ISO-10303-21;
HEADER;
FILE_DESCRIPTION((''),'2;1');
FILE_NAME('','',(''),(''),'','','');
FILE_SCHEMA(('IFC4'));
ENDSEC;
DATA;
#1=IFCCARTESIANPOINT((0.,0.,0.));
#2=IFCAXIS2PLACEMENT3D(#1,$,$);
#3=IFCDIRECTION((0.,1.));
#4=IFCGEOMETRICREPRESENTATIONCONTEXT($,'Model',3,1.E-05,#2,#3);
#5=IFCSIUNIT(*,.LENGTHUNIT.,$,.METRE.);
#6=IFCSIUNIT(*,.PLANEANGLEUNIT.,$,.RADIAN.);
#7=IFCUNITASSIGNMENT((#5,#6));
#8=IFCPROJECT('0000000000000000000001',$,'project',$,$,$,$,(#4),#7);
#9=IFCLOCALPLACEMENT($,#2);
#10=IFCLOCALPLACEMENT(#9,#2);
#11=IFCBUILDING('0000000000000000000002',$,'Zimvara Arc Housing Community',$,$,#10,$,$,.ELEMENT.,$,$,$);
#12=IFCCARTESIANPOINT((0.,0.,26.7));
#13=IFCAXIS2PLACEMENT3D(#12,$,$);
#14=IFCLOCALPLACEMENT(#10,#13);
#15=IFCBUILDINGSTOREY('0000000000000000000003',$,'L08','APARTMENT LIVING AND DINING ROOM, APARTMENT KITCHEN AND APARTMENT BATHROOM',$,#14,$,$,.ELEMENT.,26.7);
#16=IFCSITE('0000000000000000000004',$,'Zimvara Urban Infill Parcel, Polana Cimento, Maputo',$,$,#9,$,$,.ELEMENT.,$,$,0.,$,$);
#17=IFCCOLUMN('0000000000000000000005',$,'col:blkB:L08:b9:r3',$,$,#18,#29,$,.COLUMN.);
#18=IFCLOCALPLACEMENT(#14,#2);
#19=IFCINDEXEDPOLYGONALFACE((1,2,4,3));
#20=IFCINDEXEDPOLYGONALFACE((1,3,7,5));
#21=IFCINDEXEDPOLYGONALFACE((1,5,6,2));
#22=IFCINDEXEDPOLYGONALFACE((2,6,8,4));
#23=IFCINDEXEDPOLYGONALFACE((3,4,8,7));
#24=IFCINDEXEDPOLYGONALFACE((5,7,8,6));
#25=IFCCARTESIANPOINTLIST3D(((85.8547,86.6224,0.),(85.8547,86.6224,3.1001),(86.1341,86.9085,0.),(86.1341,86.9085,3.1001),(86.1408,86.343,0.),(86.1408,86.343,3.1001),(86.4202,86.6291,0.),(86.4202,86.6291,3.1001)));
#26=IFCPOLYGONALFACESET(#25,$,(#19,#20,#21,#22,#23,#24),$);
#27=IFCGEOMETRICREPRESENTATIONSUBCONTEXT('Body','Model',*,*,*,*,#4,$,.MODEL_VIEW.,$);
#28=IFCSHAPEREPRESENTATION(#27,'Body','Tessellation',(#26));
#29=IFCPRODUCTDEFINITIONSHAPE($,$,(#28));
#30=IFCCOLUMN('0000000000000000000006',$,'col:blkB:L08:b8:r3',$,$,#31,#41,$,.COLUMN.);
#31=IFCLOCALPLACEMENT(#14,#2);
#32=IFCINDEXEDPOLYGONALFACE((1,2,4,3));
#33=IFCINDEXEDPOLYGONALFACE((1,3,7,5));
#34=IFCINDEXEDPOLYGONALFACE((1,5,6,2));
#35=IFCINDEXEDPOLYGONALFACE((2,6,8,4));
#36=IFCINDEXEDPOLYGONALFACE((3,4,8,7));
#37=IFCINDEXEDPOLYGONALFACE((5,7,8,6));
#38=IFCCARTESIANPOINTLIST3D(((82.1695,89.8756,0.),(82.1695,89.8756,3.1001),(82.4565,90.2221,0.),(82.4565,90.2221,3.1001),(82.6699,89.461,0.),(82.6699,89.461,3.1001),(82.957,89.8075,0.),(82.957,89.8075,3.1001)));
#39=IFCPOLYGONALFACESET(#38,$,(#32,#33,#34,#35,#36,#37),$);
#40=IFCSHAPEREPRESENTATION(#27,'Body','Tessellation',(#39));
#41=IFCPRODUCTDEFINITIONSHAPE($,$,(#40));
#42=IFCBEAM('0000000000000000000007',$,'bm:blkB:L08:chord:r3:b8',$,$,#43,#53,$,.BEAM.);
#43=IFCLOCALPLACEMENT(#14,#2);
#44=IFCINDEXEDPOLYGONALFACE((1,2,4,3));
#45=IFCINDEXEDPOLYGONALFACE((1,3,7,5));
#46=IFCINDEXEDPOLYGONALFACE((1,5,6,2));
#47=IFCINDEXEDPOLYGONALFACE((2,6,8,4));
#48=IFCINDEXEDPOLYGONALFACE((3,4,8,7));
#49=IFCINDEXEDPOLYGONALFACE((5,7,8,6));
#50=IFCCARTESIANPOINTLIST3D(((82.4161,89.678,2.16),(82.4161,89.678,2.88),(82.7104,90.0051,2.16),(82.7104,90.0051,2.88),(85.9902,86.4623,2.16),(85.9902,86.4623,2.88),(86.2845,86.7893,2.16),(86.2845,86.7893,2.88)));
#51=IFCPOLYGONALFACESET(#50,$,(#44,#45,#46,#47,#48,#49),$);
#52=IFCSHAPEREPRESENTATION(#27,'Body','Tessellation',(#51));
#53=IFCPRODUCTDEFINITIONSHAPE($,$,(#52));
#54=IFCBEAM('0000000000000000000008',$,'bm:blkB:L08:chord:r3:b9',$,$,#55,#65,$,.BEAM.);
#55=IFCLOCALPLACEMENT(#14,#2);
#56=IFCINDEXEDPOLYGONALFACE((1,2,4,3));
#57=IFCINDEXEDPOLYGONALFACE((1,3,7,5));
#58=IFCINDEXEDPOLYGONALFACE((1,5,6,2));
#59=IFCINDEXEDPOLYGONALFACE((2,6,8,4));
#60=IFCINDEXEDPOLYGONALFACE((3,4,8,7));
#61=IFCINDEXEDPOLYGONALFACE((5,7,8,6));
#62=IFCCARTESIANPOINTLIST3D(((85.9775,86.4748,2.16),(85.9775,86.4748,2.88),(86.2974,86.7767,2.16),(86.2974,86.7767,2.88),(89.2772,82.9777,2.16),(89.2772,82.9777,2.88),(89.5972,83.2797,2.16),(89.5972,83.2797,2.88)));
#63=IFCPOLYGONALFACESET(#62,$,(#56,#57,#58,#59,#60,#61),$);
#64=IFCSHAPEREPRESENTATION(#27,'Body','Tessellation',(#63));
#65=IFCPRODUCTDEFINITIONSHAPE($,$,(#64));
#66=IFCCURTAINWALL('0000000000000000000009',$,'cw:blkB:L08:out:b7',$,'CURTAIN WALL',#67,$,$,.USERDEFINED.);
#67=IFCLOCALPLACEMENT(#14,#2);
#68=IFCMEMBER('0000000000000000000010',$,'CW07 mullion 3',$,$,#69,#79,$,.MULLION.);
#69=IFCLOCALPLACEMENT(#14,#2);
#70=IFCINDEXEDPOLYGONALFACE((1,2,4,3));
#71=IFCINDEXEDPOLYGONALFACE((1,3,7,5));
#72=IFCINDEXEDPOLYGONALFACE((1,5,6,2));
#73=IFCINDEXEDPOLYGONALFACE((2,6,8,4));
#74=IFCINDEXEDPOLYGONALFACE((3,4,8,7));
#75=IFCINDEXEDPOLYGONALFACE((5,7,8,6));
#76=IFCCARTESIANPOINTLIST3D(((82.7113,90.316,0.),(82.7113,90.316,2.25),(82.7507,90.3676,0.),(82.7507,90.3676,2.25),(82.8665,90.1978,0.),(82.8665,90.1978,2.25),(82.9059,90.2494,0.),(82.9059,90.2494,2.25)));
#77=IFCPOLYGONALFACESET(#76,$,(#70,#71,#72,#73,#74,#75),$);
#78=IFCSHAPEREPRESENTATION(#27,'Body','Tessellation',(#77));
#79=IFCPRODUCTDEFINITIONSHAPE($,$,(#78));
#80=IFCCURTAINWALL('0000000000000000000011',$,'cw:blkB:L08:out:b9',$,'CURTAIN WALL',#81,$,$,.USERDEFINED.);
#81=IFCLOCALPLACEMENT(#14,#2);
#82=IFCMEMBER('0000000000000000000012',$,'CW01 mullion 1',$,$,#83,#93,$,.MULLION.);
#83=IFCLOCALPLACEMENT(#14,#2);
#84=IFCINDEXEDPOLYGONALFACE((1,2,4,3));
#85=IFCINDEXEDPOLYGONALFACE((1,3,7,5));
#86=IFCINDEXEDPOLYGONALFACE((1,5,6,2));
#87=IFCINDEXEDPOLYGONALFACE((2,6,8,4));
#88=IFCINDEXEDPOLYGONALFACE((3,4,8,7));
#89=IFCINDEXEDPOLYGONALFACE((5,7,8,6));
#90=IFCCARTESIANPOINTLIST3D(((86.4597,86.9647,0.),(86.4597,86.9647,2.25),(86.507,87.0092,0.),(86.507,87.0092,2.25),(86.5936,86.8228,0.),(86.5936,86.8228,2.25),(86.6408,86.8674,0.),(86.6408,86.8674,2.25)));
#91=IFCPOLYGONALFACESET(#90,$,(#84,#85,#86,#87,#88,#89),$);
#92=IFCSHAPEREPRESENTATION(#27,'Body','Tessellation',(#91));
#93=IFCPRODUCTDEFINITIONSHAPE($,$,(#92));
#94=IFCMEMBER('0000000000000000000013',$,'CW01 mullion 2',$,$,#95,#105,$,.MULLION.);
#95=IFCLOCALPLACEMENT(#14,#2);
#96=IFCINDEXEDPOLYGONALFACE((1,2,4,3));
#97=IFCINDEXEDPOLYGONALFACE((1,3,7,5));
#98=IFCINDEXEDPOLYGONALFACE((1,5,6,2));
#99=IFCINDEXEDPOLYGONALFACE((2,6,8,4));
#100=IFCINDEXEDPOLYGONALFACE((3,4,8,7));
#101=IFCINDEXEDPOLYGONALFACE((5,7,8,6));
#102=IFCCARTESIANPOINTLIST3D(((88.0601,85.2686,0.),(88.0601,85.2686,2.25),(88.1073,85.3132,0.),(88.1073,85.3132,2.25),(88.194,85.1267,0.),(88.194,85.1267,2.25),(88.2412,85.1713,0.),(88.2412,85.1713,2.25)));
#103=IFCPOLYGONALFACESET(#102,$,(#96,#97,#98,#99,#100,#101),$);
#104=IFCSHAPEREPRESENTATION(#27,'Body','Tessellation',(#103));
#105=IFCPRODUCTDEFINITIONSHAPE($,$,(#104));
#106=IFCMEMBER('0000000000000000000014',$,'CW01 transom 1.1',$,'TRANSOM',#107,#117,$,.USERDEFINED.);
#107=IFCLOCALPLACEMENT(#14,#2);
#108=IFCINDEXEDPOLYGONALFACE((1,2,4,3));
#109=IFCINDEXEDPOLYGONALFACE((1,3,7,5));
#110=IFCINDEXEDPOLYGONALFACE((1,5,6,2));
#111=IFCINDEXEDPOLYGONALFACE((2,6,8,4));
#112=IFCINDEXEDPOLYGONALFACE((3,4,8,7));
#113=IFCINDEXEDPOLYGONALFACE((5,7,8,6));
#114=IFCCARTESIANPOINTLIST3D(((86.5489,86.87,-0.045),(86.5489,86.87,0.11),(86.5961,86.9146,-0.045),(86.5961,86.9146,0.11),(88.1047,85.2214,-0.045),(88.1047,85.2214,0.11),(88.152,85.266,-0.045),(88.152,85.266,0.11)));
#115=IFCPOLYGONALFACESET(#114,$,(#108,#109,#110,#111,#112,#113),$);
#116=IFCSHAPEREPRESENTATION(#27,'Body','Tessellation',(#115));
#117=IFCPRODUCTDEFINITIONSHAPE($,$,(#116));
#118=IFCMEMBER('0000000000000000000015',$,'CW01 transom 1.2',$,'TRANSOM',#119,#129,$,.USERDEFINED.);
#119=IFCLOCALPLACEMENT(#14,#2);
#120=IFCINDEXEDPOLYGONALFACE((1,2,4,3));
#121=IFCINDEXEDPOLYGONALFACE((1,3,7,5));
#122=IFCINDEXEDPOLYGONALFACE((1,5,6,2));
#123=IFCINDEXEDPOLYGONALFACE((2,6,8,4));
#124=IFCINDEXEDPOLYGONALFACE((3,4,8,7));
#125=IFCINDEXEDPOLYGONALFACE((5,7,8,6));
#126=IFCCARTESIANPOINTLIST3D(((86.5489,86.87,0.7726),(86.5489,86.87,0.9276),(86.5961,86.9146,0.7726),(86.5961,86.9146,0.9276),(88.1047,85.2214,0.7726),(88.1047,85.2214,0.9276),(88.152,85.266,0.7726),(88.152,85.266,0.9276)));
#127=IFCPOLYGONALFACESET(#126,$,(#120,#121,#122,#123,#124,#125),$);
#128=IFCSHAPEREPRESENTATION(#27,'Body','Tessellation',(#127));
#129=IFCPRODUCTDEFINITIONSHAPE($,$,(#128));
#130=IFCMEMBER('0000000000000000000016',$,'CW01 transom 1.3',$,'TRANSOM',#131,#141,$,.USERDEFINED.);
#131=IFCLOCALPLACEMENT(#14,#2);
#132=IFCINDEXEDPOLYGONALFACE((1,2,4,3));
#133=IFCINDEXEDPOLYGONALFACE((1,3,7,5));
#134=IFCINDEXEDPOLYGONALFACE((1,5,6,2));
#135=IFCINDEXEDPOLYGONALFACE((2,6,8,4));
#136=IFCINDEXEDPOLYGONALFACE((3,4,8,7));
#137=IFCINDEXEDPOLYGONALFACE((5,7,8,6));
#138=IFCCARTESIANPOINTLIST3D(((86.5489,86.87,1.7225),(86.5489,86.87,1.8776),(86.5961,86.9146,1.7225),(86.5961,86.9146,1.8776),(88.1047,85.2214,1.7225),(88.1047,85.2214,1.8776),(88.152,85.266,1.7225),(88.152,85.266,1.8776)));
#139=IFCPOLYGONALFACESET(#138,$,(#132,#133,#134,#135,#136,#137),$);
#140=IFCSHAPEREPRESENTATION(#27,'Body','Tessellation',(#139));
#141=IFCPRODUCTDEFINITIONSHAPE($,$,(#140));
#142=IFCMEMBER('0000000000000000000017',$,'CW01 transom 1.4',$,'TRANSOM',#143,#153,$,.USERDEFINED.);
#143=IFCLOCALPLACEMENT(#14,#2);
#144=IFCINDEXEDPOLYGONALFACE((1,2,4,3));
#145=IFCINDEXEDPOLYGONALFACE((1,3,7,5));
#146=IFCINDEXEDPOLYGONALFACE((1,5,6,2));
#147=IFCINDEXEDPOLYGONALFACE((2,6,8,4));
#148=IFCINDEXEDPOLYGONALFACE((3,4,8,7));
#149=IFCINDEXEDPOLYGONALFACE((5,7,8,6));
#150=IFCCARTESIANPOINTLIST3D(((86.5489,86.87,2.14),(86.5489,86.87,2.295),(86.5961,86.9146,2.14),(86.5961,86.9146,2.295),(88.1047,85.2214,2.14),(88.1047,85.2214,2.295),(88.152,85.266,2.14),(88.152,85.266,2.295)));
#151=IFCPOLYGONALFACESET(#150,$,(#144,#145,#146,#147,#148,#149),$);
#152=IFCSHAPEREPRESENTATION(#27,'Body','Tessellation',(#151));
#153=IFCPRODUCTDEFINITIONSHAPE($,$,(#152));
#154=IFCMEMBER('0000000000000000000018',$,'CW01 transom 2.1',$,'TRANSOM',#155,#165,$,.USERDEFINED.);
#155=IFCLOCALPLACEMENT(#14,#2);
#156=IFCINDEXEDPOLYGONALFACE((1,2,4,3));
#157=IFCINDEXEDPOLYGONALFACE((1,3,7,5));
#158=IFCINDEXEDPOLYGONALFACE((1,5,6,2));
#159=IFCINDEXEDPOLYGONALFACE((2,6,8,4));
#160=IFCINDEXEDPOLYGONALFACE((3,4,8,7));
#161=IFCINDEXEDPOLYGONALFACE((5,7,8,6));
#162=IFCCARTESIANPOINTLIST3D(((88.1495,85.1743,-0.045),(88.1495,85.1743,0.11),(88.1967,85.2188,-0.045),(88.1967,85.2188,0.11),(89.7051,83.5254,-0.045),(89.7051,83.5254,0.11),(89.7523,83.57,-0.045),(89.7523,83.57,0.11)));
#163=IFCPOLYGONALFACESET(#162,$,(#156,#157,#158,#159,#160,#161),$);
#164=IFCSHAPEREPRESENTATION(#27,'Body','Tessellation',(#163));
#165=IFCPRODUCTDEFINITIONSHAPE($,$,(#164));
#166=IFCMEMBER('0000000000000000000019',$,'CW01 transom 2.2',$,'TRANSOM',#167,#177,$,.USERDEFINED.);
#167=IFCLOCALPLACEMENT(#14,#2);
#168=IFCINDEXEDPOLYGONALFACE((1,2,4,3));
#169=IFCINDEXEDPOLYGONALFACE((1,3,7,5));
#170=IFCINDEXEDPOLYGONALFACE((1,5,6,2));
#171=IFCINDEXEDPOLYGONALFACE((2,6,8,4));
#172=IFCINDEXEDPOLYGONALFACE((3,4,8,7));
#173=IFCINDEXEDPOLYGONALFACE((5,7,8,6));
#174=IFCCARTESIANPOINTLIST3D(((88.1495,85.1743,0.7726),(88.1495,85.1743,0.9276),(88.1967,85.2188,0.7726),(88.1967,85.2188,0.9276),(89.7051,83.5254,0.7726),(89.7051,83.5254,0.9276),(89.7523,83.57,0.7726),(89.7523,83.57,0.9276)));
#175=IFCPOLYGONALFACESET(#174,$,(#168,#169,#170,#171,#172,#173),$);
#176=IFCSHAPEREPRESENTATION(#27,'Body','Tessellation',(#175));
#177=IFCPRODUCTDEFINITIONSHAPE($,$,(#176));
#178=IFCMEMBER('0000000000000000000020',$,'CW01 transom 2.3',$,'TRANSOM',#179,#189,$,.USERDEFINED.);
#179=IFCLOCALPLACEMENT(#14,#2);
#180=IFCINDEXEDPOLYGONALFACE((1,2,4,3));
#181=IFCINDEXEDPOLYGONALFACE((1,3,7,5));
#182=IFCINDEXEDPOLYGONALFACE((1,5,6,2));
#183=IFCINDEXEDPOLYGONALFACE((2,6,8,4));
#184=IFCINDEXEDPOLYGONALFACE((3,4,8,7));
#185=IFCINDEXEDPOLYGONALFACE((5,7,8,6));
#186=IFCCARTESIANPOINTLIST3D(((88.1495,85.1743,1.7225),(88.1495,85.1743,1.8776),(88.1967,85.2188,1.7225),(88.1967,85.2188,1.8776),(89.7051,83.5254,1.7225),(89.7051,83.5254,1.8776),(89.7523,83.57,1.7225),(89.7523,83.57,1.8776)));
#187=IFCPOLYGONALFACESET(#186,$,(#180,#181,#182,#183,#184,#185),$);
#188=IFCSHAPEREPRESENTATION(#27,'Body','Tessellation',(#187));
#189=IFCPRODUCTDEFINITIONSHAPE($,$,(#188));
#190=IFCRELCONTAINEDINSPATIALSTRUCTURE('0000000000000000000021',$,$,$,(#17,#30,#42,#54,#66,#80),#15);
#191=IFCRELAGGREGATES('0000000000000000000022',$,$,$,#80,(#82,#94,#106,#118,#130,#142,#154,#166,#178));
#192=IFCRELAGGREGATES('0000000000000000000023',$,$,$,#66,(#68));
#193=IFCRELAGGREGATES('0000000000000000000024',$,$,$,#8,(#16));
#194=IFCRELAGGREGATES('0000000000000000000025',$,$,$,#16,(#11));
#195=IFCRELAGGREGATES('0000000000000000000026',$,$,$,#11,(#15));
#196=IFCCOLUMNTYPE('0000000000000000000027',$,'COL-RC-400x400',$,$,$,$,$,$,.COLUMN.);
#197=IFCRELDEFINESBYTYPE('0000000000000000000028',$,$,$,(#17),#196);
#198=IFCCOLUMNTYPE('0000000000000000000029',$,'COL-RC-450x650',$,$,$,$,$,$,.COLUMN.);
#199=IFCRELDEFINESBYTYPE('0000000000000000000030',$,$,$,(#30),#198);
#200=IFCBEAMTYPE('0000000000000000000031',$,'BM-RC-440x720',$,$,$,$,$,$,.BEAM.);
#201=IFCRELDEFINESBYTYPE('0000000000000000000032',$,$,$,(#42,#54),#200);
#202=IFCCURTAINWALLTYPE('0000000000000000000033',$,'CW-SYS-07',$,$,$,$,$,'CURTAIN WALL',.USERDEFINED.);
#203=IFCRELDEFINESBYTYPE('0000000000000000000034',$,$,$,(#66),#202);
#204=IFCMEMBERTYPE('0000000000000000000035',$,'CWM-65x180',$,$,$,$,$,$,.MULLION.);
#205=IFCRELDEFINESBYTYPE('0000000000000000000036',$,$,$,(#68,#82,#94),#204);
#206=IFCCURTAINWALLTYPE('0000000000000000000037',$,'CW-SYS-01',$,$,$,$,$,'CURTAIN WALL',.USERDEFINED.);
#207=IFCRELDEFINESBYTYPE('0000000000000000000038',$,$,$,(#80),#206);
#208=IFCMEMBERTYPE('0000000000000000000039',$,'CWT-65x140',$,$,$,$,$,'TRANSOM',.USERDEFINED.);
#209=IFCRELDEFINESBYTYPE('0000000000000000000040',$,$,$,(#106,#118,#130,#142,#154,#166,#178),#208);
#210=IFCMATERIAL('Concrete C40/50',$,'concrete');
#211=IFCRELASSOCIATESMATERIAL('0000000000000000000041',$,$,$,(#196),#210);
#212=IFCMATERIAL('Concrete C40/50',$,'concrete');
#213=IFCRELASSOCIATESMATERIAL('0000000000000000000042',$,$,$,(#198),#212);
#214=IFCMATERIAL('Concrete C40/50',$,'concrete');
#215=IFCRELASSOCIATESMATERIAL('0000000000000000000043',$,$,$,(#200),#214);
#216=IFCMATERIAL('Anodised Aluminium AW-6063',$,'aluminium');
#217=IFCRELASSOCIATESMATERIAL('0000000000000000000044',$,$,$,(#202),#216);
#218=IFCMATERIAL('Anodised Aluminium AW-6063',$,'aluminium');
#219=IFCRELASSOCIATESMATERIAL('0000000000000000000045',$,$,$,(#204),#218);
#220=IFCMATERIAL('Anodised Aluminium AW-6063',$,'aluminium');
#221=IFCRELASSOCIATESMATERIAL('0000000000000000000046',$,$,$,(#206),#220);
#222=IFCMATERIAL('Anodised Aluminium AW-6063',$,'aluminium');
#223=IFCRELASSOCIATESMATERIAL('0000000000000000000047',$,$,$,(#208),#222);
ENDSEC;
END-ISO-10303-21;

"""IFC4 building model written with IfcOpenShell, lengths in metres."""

from ifc_helpers import new_model, si_unit, direction, frame, origin, origin_2d, place, context, subcontext, project, spatial, rectangle, extrude, material, material_profile, profile_set, type_object, element, aggregate, save


model = new_model("IFC4")

# Units and contexts
model_context = context("Model", 3, precision=1e-05, world=origin(), true_north=direction((0.0, 1.0)))
body_context = subcontext(model_context, "Body", "Model", "MODEL_VIEW")
ifc_project = project(units=[si_unit("LENGTHUNIT", "METRE"), si_unit("PLANEANGLEUNIT", "RADIAN")], contexts=[model_context])

# Site, building, storey
site_placement = place(None, origin())
site = spatial("IfcSite", under=ifc_project, at=site_placement, Name="Zimvara Urban Infill Parcel, Polana Cimento, Maputo", CompositionType="ELEMENT", RefElevation=0.0)
building_placement = place(site_placement, origin())
building = spatial("IfcBuilding", under=site, at=building_placement, Name="Zimvara Arc Housing Community", CompositionType="ELEMENT")
storey_placement = place(building_placement, frame((0.0, 0.0, 26.7)))
storey = spatial("IfcBuildingStorey", under=building, at=storey_placement, Name="L08", Description="APARTMENT LIVING AND DINING ROOM, APARTMENT KITCHEN AND APARTMENT BATHROOM", CompositionType="ELEMENT", Elevation=26.7)

# Columns
ifc_material_1 = material(Name="Concrete C40/50", Category="concrete")
ifc_material_profile_1 = material_profile(ifc_material_1, rectangle(XDim=0.3999, YDim=0.3999, at=origin_2d()), Name="RC 400x400")
ifc_profile_set_1 = profile_set([ifc_material_profile_1], Name="Concrete C40/50")
column_type_1 = type_object("IfcColumnType", Name="COL-RC-400x400", PredefinedType="COLUMN", material=ifc_profile_set_1)
column_1_placement = place(storey_placement, frame((86.1375, 86.6257, 0.0), z_axis=(0.0, 0.0, 1.0), x_axis=(0.698665, 0.715449, 0.0)))
element("IfcColumn", 1, at=column_1_placement, inside=storey, type_object=column_type_1, Name="col:blkB:L08:b9:r3", PredefinedType="COLUMN", context=body_context, shape_type="SweptSolid", body=[
    extrude(rectangle(XDim=0.3999, YDim=0.3999, at=origin_2d()), origin(), (0.0, 0.0, 1.0), 3.1001),
])
ifc_material_2 = material(Name="Concrete C40/50", Category="concrete")
ifc_material_profile_2 = material_profile(ifc_material_2, rectangle(XDim=0.45, YDim=0.6499, at=origin_2d()), Name="RC 450x650")
ifc_profile_set_2 = profile_set([ifc_material_profile_2], Name="Concrete C40/50")
column_type_2 = type_object("IfcColumnType", Name="COL-RC-450x650", PredefinedType="COLUMN", material=ifc_profile_set_2)
column_2_placement = place(storey_placement, frame((82.5632, 89.8416, 0.0), z_axis=(0.0, 0.0, 1.0), x_axis=(0.637962, 0.770068, 0.0)))
element("IfcColumn", 2, at=column_2_placement, inside=storey, type_object=column_type_2, Name="col:blkB:L08:b8:r3", PredefinedType="COLUMN", context=body_context, shape_type="SweptSolid", body=[
    extrude(rectangle(XDim=0.45, YDim=0.6499, at=origin_2d()), origin(), (0.0, 0.0, 1.0), 3.1001),
])

# Beams
ifc_material_3 = material(Name="Concrete C40/50", Category="concrete")
ifc_material_profile_3 = material_profile(ifc_material_3, rectangle(XDim=0.4399, YDim=0.72, at=origin_2d()), Name="RC 440x720")
ifc_profile_set_3 = profile_set([ifc_material_profile_3], Name="Concrete C40/50")
beam_type = type_object("IfcBeamType", Name="BM-RC-440x720", PredefinedType="BEAM", material=ifc_profile_set_3)
beam_1_placement = place(storey_placement, frame((82.5632, 89.8416, 2.52), z_axis=(0.743395, -0.668853, 0.0), x_axis=(0.668853, 0.743395, 0.0)))
element("IfcBeam", 3, at=beam_1_placement, inside=storey, type_object=beam_type, Name="bm:blkB:L08:chord:r3:b8", PredefinedType="BEAM", context=body_context, shape_type="SweptSolid", body=[
    extrude(rectangle(XDim=0.4399, YDim=0.72, at=origin_2d()), origin(), (0.0, 0.0, 1.0), 4.8079),
])
beam_2_placement = place(storey_placement, frame((86.1375, 86.6257, 2.52), z_axis=(0.686295, -0.727323, 0.0), x_axis=(0.727323, 0.686295, 0.0)))
element("IfcBeam", 4, at=beam_2_placement, inside=storey, type_object=beam_type, Name="bm:blkB:L08:chord:r3:b9", PredefinedType="BEAM", context=body_context, shape_type="SweptSolid", body=[
    extrude(rectangle(XDim=0.4399, YDim=0.72, at=origin_2d()), origin(), (0.0, 0.0, 1.0), 4.8081),
])

# Curtain wall, member
ifc_material_4 = material(Name="Anodised Aluminium AW-6063", Category="aluminium")
curtain_wall_type_1 = type_object("IfcCurtainWallType", Name="CW-SYS-07", ElementType="CURTAIN WALL", PredefinedType="USERDEFINED", material=ifc_material_4)
curtain_wall_1_placement = place(storey_placement, origin())
curtain_wall_1 = element("IfcCurtainWall", 5, at=curtain_wall_1_placement, inside=storey, type_object=curtain_wall_type_1, Name="cw:blkB:L08:out:b7", ObjectType="CURTAIN WALL", PredefinedType="USERDEFINED")
ifc_material_5 = material(Name="Anodised Aluminium AW-6063", Category="aluminium")
ifc_material_profile_4 = material_profile(ifc_material_5, rectangle(XDim=0.0649, YDim=0.1951, at=origin_2d()), Name="ALU 65x195")
ifc_profile_set_4 = profile_set([ifc_material_profile_4], Name="Anodised Aluminium AW-6063")
member_type_1 = type_object("IfcMemberType", Name="CWM-65x180", PredefinedType="MULLION", material=ifc_profile_set_4)
member_1_placement = place(storey_placement, frame((82.8086, 90.2827, 0.0), z_axis=(0.0, 0.0, 1.0), x_axis=(0.605988, 0.795474, 0.0)))
member_1 = element("IfcMember", 6, at=member_1_placement, type_object=member_type_1, Name="CW07 mullion 3", PredefinedType="MULLION", context=body_context, shape_type="SweptSolid", body=[
    extrude(rectangle(XDim=0.0649, YDim=0.1951, at=origin_2d()), origin(), (0.0, 0.0, 1.0), 2.25),
])

# Curtain wall, members
ifc_material_6 = material(Name="Anodised Aluminium AW-6063", Category="aluminium")
curtain_wall_type_2 = type_object("IfcCurtainWallType", Name="CW-SYS-01", ElementType="CURTAIN WALL", PredefinedType="USERDEFINED", material=ifc_material_6)
curtain_wall_2_placement = place(storey_placement, origin())
curtain_wall_2 = element("IfcCurtainWall", 7, at=curtain_wall_2_placement, inside=storey, type_object=curtain_wall_type_2, Name="cw:blkB:L08:out:b9", ObjectType="CURTAIN WALL", PredefinedType="USERDEFINED")
member_2_placement = place(storey_placement, frame((86.5503, 86.916, 0.0), z_axis=(0.0, 0.0, 1.0), x_axis=(0.727294, 0.686326, 0.0)))
member_2 = element("IfcMember", 8, at=member_2_placement, type_object=member_type_1, Name="CW01 mullion 1", PredefinedType="MULLION", context=body_context, shape_type="SweptSolid", body=[
    extrude(rectangle(XDim=0.0649, YDim=0.1951, at=origin_2d()), origin(), (0.0, 0.0, 1.0), 2.25),
])
member_3_placement = place(storey_placement, frame((88.1506, 85.22, 0.0), z_axis=(0.0, 0.0, 1.0), x_axis=(0.727294, 0.686326, 0.0)))
member_3 = element("IfcMember", 9, at=member_3_placement, type_object=member_type_1, Name="CW01 mullion 2", PredefinedType="MULLION", context=body_context, shape_type="SweptSolid", body=[
    extrude(rectangle(XDim=0.0649, YDim=0.1951, at=origin_2d()), origin(), (0.0, 0.0, 1.0), 2.25),
])
ifc_material_7 = material(Name="Anodised Aluminium AW-6063", Category="aluminium")
ifc_material_profile_5 = material_profile(ifc_material_7, rectangle(XDim=0.0649, YDim=0.155, at=origin_2d()), Name="ALU 65x155")
ifc_profile_set_5 = profile_set([ifc_material_profile_5], Name="Anodised Aluminium AW-6063")
member_type_2 = type_object("IfcMemberType", Name="CWT-65x140", ElementType="TRANSOM", PredefinedType="USERDEFINED", material=ifc_profile_set_5)
member_4_placement = place(storey_placement, frame((86.5725, 86.8923, 0.0325), z_axis=(0.686348, -0.727273, 0.0), x_axis=(0.727273, 0.686348, 0.0)))
member_4 = element("IfcMember", 10, at=member_4_placement, type_object=member_type_2, Name="CW01 transom 1.1", ObjectType="TRANSOM", PredefinedType="USERDEFINED", context=body_context, shape_type="SweptSolid", body=[
    extrude(rectangle(XDim=0.0649, YDim=0.155, at=origin_2d()), origin(), (0.0, 0.0, 1.0), 2.2668),
])
member_5_placement = place(storey_placement, frame((86.5725, 86.8923, 0.8501), z_axis=(0.686348, -0.727273, 0.0), x_axis=(0.727273, 0.686348, 0.0)))
member_5 = element("IfcMember", 11, at=member_5_placement, type_object=member_type_2, Name="CW01 transom 1.2", ObjectType="TRANSOM", PredefinedType="USERDEFINED", context=body_context, shape_type="SweptSolid", body=[
    extrude(rectangle(XDim=0.0649, YDim=0.155, at=origin_2d()), origin(), (0.0, 0.0, 1.0), 2.2668),
])
member_6_placement = place(storey_placement, frame((86.5725, 86.8923, 1.8), z_axis=(0.686348, -0.727273, 0.0), x_axis=(0.727273, 0.686348, 0.0)))
member_6 = element("IfcMember", 12, at=member_6_placement, type_object=member_type_2, Name="CW01 transom 1.3", ObjectType="TRANSOM", PredefinedType="USERDEFINED", context=body_context, shape_type="SweptSolid", body=[
    extrude(rectangle(XDim=0.0649, YDim=0.155, at=origin_2d()), origin(), (0.0, 0.0, 1.0), 2.2668),
])
member_7_placement = place(storey_placement, frame((86.5725, 86.8923, 2.2175), z_axis=(0.686348, -0.727273, 0.0), x_axis=(0.727273, 0.686348, 0.0)))
member_7 = element("IfcMember", 13, at=member_7_placement, type_object=member_type_2, Name="CW01 transom 1.4", ObjectType="TRANSOM", PredefinedType="USERDEFINED", context=body_context, shape_type="SweptSolid", body=[
    extrude(rectangle(XDim=0.0649, YDim=0.155, at=origin_2d()), origin(), (0.0, 0.0, 1.0), 2.2668),
])
member_8_placement = place(storey_placement, frame((88.1731, 85.1965, 0.0325), z_axis=(0.686238, -0.727377, 0.0), x_axis=(0.727377, 0.686238, 0.0)))
member_8 = element("IfcMember", 14, at=member_8_placement, type_object=member_type_2, Name="CW01 transom 2.1", ObjectType="TRANSOM", PredefinedType="USERDEFINED", context=body_context, shape_type="SweptSolid", body=[
    extrude(rectangle(XDim=0.0649, YDim=0.155, at=origin_2d()), origin(), (0.0, 0.0, 1.0), 2.2668),
])
member_9_placement = place(storey_placement, frame((88.1731, 85.1965, 0.8501), z_axis=(0.686238, -0.727377, 0.0), x_axis=(0.727377, 0.686238, 0.0)))
member_9 = element("IfcMember", 15, at=member_9_placement, type_object=member_type_2, Name="CW01 transom 2.2", ObjectType="TRANSOM", PredefinedType="USERDEFINED", context=body_context, shape_type="SweptSolid", body=[
    extrude(rectangle(XDim=0.0649, YDim=0.155, at=origin_2d()), origin(), (0.0, 0.0, 1.0), 2.2668),
])
member_10_placement = place(storey_placement, frame((88.1731, 85.1965, 1.8), z_axis=(0.686238, -0.727377, 0.0), x_axis=(0.727377, 0.686238, 0.0)))
member_10 = element("IfcMember", 16, at=member_10_placement, type_object=member_type_2, Name="CW01 transom 2.3", ObjectType="TRANSOM", PredefinedType="USERDEFINED", context=body_context, shape_type="SweptSolid", body=[
    extrude(rectangle(XDim=0.0649, YDim=0.155, at=origin_2d()), origin(), (0.0, 0.0, 1.0), 2.2668),
])
aggregate(curtain_wall_2, [member_2, member_3, member_4, member_5, member_6, member_7, member_8, member_9, member_10])

aggregate(curtain_wall_1, [member_1])

save(model, "model.ifc")
